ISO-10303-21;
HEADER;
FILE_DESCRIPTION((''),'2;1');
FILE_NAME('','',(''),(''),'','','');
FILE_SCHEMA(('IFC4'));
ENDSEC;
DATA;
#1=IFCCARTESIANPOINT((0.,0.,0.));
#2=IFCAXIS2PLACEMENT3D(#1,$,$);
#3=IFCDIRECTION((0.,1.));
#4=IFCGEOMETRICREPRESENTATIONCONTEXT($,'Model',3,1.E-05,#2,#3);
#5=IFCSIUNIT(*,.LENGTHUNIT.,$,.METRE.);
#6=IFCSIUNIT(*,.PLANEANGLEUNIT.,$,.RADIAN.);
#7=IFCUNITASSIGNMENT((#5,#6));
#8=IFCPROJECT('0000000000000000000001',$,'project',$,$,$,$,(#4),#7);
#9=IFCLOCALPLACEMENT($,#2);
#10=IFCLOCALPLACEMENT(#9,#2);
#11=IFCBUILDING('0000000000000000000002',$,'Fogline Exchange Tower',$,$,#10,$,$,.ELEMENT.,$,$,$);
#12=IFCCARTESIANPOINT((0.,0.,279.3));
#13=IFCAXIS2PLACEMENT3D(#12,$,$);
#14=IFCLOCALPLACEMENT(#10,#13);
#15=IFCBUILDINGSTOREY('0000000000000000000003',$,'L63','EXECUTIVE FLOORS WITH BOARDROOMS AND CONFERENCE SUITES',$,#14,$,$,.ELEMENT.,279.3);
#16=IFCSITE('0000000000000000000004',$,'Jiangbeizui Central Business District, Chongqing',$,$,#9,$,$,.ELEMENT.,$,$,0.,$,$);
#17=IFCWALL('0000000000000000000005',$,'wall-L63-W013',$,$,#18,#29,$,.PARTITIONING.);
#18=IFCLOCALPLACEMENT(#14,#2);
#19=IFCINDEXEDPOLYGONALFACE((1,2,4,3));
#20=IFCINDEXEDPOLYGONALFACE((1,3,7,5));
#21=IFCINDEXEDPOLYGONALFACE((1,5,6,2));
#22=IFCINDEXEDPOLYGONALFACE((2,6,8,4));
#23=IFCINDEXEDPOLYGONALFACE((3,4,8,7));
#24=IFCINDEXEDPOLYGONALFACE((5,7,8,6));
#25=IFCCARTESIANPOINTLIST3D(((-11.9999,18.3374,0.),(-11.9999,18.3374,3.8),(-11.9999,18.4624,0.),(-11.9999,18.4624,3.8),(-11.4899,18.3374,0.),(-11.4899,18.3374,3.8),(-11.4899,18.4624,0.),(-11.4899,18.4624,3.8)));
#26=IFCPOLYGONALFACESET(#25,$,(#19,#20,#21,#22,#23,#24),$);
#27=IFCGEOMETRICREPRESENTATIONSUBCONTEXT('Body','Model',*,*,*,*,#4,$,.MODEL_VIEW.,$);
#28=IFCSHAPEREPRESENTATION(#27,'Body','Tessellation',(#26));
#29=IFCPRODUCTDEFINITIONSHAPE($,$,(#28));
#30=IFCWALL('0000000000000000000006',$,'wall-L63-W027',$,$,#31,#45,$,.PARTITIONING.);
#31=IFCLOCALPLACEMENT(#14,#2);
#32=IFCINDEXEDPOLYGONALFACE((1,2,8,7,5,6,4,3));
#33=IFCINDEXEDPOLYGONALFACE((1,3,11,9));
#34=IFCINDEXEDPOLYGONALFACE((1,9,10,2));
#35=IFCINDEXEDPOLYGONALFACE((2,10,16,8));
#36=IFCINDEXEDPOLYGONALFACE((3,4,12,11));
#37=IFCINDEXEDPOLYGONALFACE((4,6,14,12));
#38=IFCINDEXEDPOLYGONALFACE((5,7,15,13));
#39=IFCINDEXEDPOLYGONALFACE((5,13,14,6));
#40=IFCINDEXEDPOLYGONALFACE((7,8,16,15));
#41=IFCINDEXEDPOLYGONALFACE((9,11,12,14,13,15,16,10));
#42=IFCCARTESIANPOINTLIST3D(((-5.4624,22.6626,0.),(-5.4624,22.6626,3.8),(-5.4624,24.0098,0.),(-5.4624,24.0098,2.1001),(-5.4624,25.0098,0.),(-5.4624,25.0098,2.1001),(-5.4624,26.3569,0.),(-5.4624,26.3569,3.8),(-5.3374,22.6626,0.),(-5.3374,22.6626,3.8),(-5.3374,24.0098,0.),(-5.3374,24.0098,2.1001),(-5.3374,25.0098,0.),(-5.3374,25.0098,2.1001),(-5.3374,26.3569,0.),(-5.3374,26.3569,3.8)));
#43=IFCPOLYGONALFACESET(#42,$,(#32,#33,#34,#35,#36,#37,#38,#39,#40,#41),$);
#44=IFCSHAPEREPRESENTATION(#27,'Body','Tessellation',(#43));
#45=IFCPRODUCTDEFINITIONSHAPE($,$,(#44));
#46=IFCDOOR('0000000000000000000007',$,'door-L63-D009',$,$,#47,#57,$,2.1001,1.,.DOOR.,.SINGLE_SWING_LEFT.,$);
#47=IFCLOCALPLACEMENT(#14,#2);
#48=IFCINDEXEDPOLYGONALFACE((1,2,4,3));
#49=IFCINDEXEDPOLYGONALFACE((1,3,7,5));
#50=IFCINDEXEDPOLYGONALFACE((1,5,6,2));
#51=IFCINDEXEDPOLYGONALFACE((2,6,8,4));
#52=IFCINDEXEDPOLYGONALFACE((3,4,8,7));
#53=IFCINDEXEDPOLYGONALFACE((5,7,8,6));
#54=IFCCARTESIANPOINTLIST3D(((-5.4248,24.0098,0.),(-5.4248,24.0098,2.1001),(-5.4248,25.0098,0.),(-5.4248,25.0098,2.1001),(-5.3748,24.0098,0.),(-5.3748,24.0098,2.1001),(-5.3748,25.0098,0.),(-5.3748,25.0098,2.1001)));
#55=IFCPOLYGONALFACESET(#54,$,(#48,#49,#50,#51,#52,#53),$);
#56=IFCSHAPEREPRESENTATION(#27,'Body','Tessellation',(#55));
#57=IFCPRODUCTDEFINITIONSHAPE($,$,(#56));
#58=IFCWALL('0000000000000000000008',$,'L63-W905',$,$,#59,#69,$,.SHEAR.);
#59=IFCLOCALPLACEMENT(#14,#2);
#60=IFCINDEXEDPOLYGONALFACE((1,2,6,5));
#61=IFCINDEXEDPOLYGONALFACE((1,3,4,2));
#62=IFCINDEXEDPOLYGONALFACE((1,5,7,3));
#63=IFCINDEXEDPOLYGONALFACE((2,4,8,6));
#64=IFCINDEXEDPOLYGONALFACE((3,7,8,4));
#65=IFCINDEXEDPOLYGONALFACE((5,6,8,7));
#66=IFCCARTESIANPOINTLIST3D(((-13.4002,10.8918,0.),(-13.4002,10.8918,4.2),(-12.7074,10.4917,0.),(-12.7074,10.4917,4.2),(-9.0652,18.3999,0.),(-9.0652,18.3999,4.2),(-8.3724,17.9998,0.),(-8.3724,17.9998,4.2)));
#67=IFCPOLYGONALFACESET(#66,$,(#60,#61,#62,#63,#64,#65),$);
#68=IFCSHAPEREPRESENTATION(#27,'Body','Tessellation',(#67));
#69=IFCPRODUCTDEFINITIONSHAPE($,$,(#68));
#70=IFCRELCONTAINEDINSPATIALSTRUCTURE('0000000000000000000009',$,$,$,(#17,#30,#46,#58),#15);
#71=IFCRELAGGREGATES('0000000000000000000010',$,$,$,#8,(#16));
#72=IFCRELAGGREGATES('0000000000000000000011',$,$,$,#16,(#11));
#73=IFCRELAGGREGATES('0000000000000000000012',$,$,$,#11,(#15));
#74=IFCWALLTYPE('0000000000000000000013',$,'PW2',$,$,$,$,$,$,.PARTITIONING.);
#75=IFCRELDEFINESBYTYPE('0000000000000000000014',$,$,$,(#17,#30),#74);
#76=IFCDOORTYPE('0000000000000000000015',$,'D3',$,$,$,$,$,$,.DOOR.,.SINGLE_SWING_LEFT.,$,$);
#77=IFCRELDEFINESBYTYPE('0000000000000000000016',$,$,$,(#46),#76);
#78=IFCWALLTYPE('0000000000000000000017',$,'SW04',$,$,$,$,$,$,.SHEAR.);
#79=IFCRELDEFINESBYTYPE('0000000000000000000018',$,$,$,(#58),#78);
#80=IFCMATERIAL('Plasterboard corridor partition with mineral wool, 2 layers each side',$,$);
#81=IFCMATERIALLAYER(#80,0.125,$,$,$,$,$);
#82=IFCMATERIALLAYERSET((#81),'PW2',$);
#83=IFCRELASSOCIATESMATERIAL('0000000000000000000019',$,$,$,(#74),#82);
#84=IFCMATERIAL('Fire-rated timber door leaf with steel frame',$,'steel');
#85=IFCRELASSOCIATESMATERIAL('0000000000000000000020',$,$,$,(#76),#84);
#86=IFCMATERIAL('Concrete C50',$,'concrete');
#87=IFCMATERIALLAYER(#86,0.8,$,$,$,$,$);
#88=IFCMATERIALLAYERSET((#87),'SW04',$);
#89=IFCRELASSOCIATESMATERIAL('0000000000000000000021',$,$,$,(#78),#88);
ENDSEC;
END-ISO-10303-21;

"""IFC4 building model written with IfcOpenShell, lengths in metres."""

from ifc_helpers import new_model, si_unit, direction, frame, frame_2d, origin, place, context, subcontext, project, spatial, rectangle, extrude, material, layer, layer_set, type_object, element, fill, save


model = new_model("IFC4")

# Units and contexts
model_context = context("Model", 3, precision=1e-05, world=origin(), true_north=direction((0.0, 1.0)))
body_context = subcontext(model_context, "Body", "Model", "MODEL_VIEW")
ifc_project = project(units=[si_unit("LENGTHUNIT", "METRE"), si_unit("PLANEANGLEUNIT", "RADIAN")], contexts=[model_context])

# Site, building, storey
site_placement = place(None, origin())
site = spatial("IfcSite", under=ifc_project, at=site_placement, Name="Jiangbeizui Central Business District, Chongqing", CompositionType="ELEMENT", RefElevation=0.0)
building_placement = place(site_placement, origin())
building = spatial("IfcBuilding", under=site, at=building_placement, Name="Fogline Exchange Tower", CompositionType="ELEMENT")
storey_placement = place(building_placement, frame((0.0, 0.0, 279.3)))
storey = spatial("IfcBuildingStorey", under=building, at=storey_placement, Name="L63", Description="EXECUTIVE FLOORS WITH BOARDROOMS AND CONFERENCE SUITES", CompositionType="ELEMENT", Elevation=279.3)

# Shared definitions
ifc_material_1 = material(Name="Plasterboard corridor partition with mineral wool, 2 layers each side")
ifc_layer_1 = layer(ifc_material_1, 0.125)
ifc_layer_set_1 = layer_set([ifc_layer_1], Name="PW2")
wall_type_1 = type_object("IfcWallType", Name="PW2", PredefinedType="PARTITIONING", material=ifc_layer_set_1)
ifc_material_2 = material(Name="Fire-rated timber door leaf with steel frame", Category="steel")
door_type_1 = type_object("IfcDoorType", Name="D3", OperationType="SINGLE_SWING_LEFT", PredefinedType="DOOR", material=ifc_material_2)

# Wall
wall_1_placement = place(storey_placement, frame((-11.49, 18.3999, 0.0), z_axis=(0.0, 0.0, 1.0), x_axis=(-1.0, 0.0, 0.0)))
element("IfcWall", 1, at=wall_1_placement, inside=storey, type_object=wall_type_1, Name="wall-L63-W013", PredefinedType="PARTITIONING", context=body_context, shape_type="SweptSolid", body=[
    extrude(rectangle(XDim=0.51, YDim=0.125, at=frame_2d((0.2549, 0.0))), origin(), (0.0, 0.0, 1.0), 3.8),
])

# Wall, opening, door
wall_2_placement = place(storey_placement, frame((-5.3999, 22.6626, 0.0), z_axis=(0.0, 0.0, 1.0), x_axis=(0.0, 1.0, 0.0)))
wall_2 = element("IfcWall", 2, at=wall_2_placement, inside=storey, type_object=wall_type_1, Name="wall-L63-W027", PredefinedType="PARTITIONING", context=body_context, shape_type="SweptSolid", body=[
    extrude(rectangle(XDim=3.6943, YDim=0.125, at=frame_2d((1.8472, 0.0))), origin(), (0.0, 0.0, 1.0), 3.8),
])
opening_1_placement = place(wall_2_placement, frame((1.3472, 0.0, 0.0)))
opening_1 = element("IfcOpeningElement", 3, at=opening_1_placement, cuts=wall_2, PredefinedType="OPENING", context=body_context, shape_type="SweptSolid", body=[
    extrude(rectangle(XDim=1.0, YDim=2.1001, at=frame_2d((0.5, 1.05))), frame((0.0, 0.0725, 0.0), z_axis=(0.0, -1.0, 0.0), x_axis=(1.0, 0.0, 0.0)), (0.0, 0.0, 1.0), 0.145),
])
door_1_placement = place(opening_1_placement, origin())
door_1 = element("IfcDoor", 4, at=door_1_placement, inside=storey, type_object=door_type_1, Name="door-L63-D009", OperationType="SINGLE_SWING_LEFT", OverallHeight=2.1001, OverallWidth=1.0, PredefinedType="DOOR", context=body_context, shape_type="SweptSolid", body=[
    extrude(rectangle(XDim=1.0, YDim=2.1001, at=frame_2d((0.5, 1.05))), frame((0.0, 0.0249, 0.0), z_axis=(0.0, -1.0, 0.0), x_axis=(1.0, 0.0, 0.0)), (0.0, 0.0, 1.0), 0.05),
])
fill(opening_1, door_1)

# Wall
ifc_material_3 = material(Name="Concrete C50", Category="concrete")
ifc_layer_2 = layer(ifc_material_3, 0.8)
ifc_layer_set_2 = layer_set([ifc_layer_2], Name="SW04")
wall_type_2 = type_object("IfcWallType", Name="SW04", PredefinedType="SHEAR", material=ifc_layer_set_2)
wall_3_placement = place(storey_placement, frame((-8.7188, 18.2, 0.0), z_axis=(0.0, 0.0, 1.0), x_axis=(-0.500016, -0.866016, 0.0)))
element("IfcWall", 5, at=wall_3_placement, inside=storey, type_object=wall_type_2, Name="L63-W905", PredefinedType="SHEAR", context=body_context, shape_type="SweptSolid", body=[
    extrude(rectangle(XDim=8.6697, YDim=0.8, at=frame_2d((4.335, 0.0))), origin(), (0.0, 0.0, 1.0), 4.2),
])

save(model, "model.ifc")
